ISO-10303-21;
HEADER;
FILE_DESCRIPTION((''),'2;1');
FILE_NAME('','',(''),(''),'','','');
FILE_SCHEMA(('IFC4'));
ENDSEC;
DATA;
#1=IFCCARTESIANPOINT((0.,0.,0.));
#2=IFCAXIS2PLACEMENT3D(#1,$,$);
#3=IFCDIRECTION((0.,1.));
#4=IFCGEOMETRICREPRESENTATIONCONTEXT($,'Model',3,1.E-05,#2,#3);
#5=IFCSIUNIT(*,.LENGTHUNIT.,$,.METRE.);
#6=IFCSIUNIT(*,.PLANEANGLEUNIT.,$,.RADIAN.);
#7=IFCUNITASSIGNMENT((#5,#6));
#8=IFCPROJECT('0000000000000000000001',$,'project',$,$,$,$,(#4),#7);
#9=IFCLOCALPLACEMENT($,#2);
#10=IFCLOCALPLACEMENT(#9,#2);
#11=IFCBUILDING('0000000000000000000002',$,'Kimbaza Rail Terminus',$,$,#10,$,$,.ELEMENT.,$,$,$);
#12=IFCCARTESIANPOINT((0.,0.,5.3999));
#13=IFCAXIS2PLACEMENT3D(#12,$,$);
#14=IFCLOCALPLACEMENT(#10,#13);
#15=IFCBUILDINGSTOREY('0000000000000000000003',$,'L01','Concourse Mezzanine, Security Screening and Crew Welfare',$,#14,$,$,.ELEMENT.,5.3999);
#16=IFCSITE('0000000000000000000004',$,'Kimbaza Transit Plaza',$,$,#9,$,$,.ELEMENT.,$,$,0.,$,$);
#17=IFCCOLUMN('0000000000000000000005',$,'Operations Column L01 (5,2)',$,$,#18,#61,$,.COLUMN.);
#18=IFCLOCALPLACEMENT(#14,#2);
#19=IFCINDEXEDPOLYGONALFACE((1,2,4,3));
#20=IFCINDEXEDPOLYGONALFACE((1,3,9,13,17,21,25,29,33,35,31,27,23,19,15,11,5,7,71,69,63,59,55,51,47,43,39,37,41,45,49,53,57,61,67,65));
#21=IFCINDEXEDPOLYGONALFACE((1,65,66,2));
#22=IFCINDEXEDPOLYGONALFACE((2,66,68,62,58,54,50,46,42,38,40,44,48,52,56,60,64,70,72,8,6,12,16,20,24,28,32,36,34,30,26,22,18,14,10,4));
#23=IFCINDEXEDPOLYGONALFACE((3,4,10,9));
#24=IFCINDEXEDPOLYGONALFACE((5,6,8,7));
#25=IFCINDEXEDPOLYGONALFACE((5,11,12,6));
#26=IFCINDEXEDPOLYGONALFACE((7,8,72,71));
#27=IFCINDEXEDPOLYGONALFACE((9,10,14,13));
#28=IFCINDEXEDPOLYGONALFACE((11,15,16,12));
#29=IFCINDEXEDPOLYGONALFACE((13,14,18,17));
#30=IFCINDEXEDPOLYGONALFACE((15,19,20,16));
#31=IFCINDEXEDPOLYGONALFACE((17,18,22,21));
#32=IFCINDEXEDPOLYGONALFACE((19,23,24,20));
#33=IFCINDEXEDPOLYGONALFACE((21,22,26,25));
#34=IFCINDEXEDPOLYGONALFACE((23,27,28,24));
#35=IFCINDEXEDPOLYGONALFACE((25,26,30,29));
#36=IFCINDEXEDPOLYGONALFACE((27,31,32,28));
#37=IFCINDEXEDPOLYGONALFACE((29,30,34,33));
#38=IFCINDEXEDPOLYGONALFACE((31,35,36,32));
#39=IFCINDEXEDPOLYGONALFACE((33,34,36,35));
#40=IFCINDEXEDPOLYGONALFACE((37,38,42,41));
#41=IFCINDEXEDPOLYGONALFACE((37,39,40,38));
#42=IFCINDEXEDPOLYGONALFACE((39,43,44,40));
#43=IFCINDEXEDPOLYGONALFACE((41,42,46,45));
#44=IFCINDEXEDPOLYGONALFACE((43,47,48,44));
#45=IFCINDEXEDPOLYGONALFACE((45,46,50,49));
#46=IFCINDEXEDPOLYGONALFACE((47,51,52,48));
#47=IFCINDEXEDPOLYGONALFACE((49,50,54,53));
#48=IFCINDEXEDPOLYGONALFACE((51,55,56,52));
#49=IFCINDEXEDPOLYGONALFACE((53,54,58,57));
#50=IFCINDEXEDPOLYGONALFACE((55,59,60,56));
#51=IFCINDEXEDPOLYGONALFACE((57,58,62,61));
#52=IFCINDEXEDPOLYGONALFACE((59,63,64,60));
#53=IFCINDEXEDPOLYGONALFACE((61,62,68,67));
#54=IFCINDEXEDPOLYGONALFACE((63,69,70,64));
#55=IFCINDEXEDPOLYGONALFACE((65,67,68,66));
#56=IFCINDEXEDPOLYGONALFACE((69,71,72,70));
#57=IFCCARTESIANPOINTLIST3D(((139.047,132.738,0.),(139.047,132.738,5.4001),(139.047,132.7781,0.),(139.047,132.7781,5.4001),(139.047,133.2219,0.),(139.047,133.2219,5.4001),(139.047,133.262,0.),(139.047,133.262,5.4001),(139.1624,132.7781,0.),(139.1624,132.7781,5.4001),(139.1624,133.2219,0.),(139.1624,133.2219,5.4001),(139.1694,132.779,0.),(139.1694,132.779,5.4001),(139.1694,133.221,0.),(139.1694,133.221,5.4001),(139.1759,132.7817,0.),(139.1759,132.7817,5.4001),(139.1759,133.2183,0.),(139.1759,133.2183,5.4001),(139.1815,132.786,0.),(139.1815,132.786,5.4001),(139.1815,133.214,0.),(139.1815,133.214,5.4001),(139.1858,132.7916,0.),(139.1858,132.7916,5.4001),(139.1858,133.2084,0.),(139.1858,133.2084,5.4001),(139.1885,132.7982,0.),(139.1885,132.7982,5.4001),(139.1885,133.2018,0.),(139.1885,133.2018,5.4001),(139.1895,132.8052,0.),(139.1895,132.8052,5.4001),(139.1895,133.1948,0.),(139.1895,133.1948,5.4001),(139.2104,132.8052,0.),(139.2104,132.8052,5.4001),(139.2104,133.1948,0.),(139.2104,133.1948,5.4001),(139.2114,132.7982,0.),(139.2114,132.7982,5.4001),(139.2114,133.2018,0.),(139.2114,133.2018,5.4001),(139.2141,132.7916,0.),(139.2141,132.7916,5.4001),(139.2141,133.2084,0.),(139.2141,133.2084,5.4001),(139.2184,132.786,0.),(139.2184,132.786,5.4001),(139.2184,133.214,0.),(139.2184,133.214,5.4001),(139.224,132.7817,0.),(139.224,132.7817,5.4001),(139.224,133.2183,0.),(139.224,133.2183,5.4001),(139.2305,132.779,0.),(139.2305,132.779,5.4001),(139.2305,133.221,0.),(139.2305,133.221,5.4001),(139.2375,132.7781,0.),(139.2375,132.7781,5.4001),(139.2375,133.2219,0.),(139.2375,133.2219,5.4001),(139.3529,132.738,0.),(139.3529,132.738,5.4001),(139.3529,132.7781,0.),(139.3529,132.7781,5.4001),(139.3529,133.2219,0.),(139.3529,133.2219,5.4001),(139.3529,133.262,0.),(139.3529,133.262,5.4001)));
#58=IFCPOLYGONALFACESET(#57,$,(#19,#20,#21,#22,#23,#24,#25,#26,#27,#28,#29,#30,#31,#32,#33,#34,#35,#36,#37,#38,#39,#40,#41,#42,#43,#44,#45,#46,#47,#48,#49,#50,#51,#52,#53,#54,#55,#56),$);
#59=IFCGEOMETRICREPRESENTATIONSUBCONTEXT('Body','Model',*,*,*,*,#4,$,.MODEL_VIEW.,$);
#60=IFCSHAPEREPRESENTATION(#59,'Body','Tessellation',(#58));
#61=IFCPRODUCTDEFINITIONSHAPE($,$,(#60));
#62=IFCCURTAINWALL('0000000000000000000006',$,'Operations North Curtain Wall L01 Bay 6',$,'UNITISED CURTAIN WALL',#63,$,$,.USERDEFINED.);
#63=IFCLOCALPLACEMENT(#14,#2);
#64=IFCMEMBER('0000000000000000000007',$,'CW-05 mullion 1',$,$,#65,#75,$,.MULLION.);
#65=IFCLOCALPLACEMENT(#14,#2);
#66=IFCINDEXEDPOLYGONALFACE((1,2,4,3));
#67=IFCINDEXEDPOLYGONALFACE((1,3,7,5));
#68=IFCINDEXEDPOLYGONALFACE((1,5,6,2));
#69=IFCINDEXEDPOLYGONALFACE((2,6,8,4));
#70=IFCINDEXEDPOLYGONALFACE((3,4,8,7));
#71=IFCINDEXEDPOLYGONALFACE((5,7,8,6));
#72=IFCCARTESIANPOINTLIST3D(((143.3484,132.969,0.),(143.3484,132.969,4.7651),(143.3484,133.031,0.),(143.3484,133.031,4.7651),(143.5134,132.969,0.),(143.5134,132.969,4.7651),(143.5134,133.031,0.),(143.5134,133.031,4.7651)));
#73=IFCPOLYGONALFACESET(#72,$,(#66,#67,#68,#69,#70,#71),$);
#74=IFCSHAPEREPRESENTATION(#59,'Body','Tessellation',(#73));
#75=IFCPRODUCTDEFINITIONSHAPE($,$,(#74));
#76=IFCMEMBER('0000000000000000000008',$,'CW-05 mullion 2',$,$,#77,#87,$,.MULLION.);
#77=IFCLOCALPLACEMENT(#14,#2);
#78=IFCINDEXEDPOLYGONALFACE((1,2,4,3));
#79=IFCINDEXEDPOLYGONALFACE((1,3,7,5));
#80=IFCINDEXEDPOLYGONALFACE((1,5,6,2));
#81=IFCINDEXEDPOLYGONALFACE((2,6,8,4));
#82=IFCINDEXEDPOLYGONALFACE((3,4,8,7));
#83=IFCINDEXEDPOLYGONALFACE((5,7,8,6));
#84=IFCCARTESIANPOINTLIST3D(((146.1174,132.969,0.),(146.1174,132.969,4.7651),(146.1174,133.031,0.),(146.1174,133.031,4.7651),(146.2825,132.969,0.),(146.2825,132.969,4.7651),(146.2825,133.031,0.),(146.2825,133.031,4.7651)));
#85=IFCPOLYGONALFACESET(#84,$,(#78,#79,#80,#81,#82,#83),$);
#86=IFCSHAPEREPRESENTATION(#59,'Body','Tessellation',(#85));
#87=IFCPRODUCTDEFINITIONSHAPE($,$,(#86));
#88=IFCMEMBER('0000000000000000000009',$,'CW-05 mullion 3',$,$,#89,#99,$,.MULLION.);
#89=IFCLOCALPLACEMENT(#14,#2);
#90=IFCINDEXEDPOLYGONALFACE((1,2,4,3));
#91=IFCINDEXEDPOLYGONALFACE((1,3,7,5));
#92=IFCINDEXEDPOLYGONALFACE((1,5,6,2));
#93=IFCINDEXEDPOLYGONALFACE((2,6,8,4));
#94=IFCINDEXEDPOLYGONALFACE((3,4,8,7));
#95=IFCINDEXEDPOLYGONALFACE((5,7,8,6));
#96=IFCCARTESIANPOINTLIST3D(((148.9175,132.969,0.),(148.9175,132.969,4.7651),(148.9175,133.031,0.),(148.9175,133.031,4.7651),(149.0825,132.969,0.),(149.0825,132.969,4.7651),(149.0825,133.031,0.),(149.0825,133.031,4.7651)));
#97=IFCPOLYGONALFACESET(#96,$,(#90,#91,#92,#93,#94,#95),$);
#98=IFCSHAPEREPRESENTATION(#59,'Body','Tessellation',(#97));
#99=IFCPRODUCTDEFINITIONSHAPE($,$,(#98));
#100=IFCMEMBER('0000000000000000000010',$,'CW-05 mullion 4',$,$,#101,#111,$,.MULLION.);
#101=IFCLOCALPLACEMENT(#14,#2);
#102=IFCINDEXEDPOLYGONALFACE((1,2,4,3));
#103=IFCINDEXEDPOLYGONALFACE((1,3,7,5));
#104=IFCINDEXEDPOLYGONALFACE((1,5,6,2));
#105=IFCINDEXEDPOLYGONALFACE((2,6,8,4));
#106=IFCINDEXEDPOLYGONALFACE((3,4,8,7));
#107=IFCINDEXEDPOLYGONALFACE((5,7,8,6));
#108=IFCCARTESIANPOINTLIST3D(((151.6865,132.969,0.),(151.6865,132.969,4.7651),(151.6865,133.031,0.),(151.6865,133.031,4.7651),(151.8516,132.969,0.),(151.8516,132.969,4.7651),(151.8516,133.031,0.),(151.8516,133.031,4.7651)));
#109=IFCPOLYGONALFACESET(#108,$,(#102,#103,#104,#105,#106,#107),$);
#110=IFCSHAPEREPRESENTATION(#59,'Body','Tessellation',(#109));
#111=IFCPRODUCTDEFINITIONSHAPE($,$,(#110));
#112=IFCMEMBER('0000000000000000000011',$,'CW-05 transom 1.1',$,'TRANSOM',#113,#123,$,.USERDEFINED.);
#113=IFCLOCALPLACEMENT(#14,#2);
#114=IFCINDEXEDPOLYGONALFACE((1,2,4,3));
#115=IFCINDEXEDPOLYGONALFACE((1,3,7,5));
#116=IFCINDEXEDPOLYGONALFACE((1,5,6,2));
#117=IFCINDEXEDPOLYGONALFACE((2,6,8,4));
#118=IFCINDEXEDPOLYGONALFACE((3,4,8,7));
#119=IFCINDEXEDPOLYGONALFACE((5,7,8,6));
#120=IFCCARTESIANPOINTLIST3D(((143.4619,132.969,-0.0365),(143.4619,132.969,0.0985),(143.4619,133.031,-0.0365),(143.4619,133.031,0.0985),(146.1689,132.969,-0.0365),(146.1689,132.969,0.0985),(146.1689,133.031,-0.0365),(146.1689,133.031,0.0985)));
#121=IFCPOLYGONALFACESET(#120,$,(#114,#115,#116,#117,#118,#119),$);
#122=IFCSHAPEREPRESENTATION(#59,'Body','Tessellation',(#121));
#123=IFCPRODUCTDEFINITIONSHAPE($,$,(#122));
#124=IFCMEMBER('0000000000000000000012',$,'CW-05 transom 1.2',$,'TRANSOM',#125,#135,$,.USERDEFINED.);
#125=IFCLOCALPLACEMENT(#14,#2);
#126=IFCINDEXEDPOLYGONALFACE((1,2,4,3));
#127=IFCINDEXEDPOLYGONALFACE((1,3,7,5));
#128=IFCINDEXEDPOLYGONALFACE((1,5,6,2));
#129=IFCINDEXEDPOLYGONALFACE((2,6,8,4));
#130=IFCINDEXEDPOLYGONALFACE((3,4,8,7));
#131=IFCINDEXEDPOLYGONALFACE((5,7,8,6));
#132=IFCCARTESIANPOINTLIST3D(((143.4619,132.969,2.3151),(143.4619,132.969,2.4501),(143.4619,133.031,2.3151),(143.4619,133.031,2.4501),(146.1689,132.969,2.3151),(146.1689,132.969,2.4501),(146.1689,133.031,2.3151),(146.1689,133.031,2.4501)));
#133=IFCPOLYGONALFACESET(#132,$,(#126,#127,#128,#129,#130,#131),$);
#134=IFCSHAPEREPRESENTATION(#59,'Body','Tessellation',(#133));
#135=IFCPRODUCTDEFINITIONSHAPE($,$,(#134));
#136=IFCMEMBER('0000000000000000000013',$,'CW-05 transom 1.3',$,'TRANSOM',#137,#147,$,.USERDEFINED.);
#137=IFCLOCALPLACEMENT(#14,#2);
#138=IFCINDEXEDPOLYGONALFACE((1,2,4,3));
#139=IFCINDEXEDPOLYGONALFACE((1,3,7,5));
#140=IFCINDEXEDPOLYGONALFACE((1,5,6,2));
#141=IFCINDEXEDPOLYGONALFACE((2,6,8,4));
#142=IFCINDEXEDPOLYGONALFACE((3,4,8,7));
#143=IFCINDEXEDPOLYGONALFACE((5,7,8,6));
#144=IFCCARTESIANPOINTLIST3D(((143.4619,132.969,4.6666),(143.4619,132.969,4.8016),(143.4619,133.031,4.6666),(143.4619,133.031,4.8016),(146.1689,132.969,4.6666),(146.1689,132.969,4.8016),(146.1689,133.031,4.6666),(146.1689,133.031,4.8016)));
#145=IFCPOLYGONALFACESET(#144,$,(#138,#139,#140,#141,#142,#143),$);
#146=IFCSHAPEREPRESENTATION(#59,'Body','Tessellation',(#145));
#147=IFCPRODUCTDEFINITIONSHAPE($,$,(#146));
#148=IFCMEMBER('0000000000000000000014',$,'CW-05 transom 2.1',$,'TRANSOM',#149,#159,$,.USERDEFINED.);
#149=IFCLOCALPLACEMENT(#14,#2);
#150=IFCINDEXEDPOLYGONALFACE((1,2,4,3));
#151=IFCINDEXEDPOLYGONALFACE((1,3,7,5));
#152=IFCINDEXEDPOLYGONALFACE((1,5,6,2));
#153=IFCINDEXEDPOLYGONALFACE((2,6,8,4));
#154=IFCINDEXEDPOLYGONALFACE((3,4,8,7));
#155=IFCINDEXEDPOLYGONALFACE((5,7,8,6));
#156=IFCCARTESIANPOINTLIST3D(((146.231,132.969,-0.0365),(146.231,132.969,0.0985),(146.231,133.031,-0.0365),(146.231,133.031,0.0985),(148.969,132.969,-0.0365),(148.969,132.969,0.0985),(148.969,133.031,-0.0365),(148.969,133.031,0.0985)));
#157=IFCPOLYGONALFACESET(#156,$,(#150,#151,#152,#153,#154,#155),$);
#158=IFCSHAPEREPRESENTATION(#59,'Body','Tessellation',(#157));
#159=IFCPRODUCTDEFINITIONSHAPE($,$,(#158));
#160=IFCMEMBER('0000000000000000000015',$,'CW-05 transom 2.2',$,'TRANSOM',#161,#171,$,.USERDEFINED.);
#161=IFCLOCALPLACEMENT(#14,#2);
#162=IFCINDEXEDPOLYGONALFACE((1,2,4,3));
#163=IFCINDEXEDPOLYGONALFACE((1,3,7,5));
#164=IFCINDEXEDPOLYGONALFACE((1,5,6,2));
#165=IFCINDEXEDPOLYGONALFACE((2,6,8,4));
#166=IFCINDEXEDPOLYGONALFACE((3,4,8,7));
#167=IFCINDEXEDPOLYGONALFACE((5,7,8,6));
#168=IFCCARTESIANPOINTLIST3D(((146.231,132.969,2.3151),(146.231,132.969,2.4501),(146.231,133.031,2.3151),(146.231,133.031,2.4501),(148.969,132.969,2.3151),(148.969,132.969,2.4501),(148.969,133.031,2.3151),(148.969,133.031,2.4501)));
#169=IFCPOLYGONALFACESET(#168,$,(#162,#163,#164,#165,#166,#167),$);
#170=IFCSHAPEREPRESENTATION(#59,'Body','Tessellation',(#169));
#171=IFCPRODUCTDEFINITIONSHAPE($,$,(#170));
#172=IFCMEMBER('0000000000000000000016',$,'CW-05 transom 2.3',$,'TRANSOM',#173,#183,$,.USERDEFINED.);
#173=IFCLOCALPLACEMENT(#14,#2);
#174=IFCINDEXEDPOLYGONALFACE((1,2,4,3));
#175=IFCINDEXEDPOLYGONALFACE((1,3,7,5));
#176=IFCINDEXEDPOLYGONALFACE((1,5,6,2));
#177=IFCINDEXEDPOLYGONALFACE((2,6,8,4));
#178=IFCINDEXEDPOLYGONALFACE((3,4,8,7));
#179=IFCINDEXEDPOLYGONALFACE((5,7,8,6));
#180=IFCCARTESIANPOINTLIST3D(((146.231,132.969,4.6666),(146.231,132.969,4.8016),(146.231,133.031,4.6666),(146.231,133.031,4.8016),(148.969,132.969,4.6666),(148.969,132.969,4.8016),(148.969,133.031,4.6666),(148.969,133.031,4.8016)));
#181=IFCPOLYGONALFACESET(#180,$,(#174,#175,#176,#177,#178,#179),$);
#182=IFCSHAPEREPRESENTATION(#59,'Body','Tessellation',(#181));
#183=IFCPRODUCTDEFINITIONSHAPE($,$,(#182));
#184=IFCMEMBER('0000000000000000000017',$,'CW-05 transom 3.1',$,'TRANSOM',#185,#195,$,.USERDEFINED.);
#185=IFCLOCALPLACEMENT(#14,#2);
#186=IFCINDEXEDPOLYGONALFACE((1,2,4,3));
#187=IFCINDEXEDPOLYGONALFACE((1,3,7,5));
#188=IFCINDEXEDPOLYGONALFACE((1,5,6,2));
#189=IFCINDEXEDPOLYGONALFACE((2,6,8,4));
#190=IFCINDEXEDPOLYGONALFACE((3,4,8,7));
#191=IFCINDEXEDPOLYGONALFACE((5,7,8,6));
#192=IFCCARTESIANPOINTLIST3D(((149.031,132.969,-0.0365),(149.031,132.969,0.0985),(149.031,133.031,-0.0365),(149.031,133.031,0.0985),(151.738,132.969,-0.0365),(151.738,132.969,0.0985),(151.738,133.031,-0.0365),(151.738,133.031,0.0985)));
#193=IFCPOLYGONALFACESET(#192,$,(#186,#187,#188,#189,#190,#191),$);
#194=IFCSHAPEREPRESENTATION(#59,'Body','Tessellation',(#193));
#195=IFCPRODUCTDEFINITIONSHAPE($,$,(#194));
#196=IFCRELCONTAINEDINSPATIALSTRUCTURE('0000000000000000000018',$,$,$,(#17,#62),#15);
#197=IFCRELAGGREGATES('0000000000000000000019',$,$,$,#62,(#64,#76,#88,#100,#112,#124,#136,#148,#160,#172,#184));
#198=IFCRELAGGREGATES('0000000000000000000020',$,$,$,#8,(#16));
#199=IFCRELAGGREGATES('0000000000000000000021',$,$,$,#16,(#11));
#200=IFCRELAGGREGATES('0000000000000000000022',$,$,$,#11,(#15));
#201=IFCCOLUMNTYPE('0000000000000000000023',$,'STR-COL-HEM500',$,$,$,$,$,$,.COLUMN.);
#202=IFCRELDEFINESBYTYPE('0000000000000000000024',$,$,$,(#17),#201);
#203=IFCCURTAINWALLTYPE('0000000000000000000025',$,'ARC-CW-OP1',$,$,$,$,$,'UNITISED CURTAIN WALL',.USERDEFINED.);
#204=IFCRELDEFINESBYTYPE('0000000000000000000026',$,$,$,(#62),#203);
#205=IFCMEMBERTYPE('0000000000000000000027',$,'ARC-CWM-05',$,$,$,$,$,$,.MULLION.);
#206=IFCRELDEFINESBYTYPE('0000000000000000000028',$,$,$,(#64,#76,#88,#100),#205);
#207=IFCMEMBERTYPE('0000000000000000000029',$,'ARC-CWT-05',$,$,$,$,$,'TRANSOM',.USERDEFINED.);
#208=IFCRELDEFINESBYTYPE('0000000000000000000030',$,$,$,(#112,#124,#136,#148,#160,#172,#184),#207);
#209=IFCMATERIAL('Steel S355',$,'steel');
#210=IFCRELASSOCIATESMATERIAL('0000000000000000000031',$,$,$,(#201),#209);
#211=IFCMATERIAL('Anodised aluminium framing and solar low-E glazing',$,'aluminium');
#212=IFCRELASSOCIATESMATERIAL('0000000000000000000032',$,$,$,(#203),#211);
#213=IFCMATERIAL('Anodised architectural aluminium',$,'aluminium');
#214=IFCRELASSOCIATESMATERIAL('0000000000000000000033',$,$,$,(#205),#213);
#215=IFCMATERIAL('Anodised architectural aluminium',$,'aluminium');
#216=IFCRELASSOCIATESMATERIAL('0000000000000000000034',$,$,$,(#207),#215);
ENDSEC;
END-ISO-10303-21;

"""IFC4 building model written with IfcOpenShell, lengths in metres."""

from ifc_helpers import new_model, si_unit, direction, frame, origin, origin_2d, place, context, subcontext, project, spatial, rectangle, i_section, extrude, material, material_profile, profile_set, type_object, element, aggregate, save


model = new_model("IFC4")

# Units and contexts
model_context = context("Model", 3, precision=1e-05, world=origin(), true_north=direction((0.0, 1.0)))
body_context = subcontext(model_context, "Body", "Model", "MODEL_VIEW")
ifc_project = project(units=[si_unit("LENGTHUNIT", "METRE"), si_unit("PLANEANGLEUNIT", "RADIAN")], contexts=[model_context])

# Site, building, storey
site_placement = place(None, origin())
site = spatial("IfcSite", under=ifc_project, at=site_placement, Name="Kimbaza Transit Plaza", CompositionType="ELEMENT", RefElevation=0.0)
building_placement = place(site_placement, origin())
building = spatial("IfcBuilding", under=site, at=building_placement, Name="Kimbaza Rail Terminus", CompositionType="ELEMENT")
storey_placement = place(building_placement, frame((0.0, 0.0, 5.3999)))
storey = spatial("IfcBuildingStorey", under=building, at=storey_placement, Name="L01", Description="Concourse Mezzanine, Security Screening and Crew Welfare", CompositionType="ELEMENT", Elevation=5.3999)

# Column
ifc_material_1 = material(Name="Steel S355", Category="steel")
ifc_material_profile_1 = material_profile(ifc_material_1, i_section(OverallWidth=0.3059, OverallDepth=0.5239, WebThickness=0.021, FlangeThickness=0.04, FilletRadius=0.0271, at=origin_2d()), Name="HEM 500")
ifc_profile_set_1 = profile_set([ifc_material_profile_1], Name="Steel S355")
column_type = type_object("IfcColumnType", Name="STR-COL-HEM500", PredefinedType="COLUMN", material=ifc_profile_set_1)
column_placement = place(storey_placement, frame((139.2, 133.0, 0.0), z_axis=(0.0, 0.0, 1.0), x_axis=(1.0, 0.0, 0.0)))
element("IfcColumn", 1, at=column_placement, inside=storey, type_object=column_type, Name="Operations Column L01 (5,2)", PredefinedType="COLUMN", context=body_context, shape_type="SweptSolid", body=[
    extrude(i_section(OverallWidth=0.3059, OverallDepth=0.5239, WebThickness=0.021, FlangeThickness=0.04, FilletRadius=0.0271, at=origin_2d()), origin(), (0.0, 0.0, 1.0), 5.4001),
])

# Curtain wall, members
ifc_material_2 = material(Name="Anodised aluminium framing and solar low-E glazing", Category="aluminium")
curtain_wall_type = type_object("IfcCurtainWallType", Name="ARC-CW-OP1", ElementType="UNITISED CURTAIN WALL", PredefinedType="USERDEFINED", material=ifc_material_2)
curtain_wall_placement = place(storey_placement, origin())
curtain_wall = element("IfcCurtainWall", 2, at=curtain_wall_placement, inside=storey, type_object=curtain_wall_type, Name="Operations North Curtain Wall L01 Bay 6", ObjectType="UNITISED CURTAIN WALL", PredefinedType="USERDEFINED")
ifc_material_3 = material(Name="Anodised architectural aluminium", Category="aluminium")
ifc_material_profile_2 = material_profile(ifc_material_3, rectangle(XDim=0.062, YDim=0.165, at=origin_2d()), Name="MULLION 62x165")
ifc_profile_set_2 = profile_set([ifc_material_profile_2], Name="Anodised architectural aluminium")
member_type_1 = type_object("IfcMemberType", Name="ARC-CWM-05", PredefinedType="MULLION", material=ifc_profile_set_2)
member_1_placement = place(storey_placement, frame((143.4309, 133.0, 0.0), z_axis=(0.0, 0.0, 1.0), x_axis=(0.0, 1.0, 0.0)))
member_1 = element("IfcMember", 3, at=member_1_placement, type_object=member_type_1, Name="CW-05 mullion 1", PredefinedType="MULLION", context=body_context, shape_type="SweptSolid", body=[
    extrude(rectangle(XDim=0.062, YDim=0.165, at=origin_2d()), origin(), (0.0, 0.0, 1.0), 4.7651),
])
member_2_placement = place(storey_placement, frame((146.2, 133.0, 0.0), z_axis=(0.0, 0.0, 1.0), x_axis=(0.0, 1.0, 0.0)))
member_2 = element("IfcMember", 4, at=member_2_placement, type_object=member_type_1, Name="CW-05 mullion 2", PredefinedType="MULLION", context=body_context, shape_type="SweptSolid", body=[
    extrude(rectangle(XDim=0.062, YDim=0.165, at=origin_2d()), origin(), (0.0, 0.0, 1.0), 4.7651),
])
member_3_placement = place(storey_placement, frame((149.0, 133.0, 0.0), z_axis=(0.0, 0.0, 1.0), x_axis=(0.0, 1.0, 0.0)))
member_3 = element("IfcMember", 5, at=member_3_placement, type_object=member_type_1, Name="CW-05 mullion 3", PredefinedType="MULLION", context=body_context, shape_type="SweptSolid", body=[
    extrude(rectangle(XDim=0.062, YDim=0.165, at=origin_2d()), origin(), (0.0, 0.0, 1.0), 4.7651),
])
member_4_placement = place(storey_placement, frame((151.769, 133.0, 0.0), z_axis=(0.0, 0.0, 1.0), x_axis=(0.0, 1.0, 0.0)))
member_4 = element("IfcMember", 6, at=member_4_placement, type_object=member_type_1, Name="CW-05 mullion 4", PredefinedType="MULLION", context=body_context, shape_type="SweptSolid", body=[
    extrude(rectangle(XDim=0.062, YDim=0.165, at=origin_2d()), origin(), (0.0, 0.0, 1.0), 4.7651),
])
ifc_material_4 = material(Name="Anodised architectural aluminium", Category="aluminium")
ifc_material_profile_3 = material_profile(ifc_material_4, rectangle(XDim=0.062, YDim=0.135, at=origin_2d()), Name="TRANSOM 62x135")
ifc_profile_set_3 = profile_set([ifc_material_profile_3], Name="Anodised architectural aluminium")
member_type_2 = type_object("IfcMemberType", Name="ARC-CWT-05", ElementType="TRANSOM", PredefinedType="USERDEFINED", material=ifc_profile_set_3)
member_5_placement = place(storey_placement, frame((143.4619, 133.0, 0.031), z_axis=(1.0, 0.0, 0.0), x_axis=(0.0, 1.0, 0.0)))
member_5 = element("IfcMember", 7, at=member_5_placement, type_object=member_type_2, Name="CW-05 transom 1.1", ObjectType="TRANSOM", PredefinedType="USERDEFINED", context=body_context, shape_type="SweptSolid", body=[
    extrude(rectangle(XDim=0.062, YDim=0.135, at=origin_2d()), origin(), (0.0, 0.0, 1.0), 2.707),
])
member_6_placement = place(storey_placement, frame((143.4619, 133.0, 2.3826), z_axis=(1.0, 0.0, 0.0), x_axis=(0.0, 1.0, 0.0)))
member_6 = element("IfcMember", 8, at=member_6_placement, type_object=member_type_2, Name="CW-05 transom 1.2", ObjectType="TRANSOM", PredefinedType="USERDEFINED", context=body_context, shape_type="SweptSolid", body=[
    extrude(rectangle(XDim=0.062, YDim=0.135, at=origin_2d()), origin(), (0.0, 0.0, 1.0), 2.707),
])
member_7_placement = place(storey_placement, frame((143.4619, 133.0, 4.7341), z_axis=(1.0, 0.0, 0.0), x_axis=(0.0, 1.0, 0.0)))
member_7 = element("IfcMember", 9, at=member_7_placement, type_object=member_type_2, Name="CW-05 transom 1.3", ObjectType="TRANSOM", PredefinedType="USERDEFINED", context=body_context, shape_type="SweptSolid", body=[
    extrude(rectangle(XDim=0.062, YDim=0.135, at=origin_2d()), origin(), (0.0, 0.0, 1.0), 2.707),
])
member_8_placement = place(storey_placement, frame((146.231, 133.0, 0.031), z_axis=(1.0, 0.0, 0.0), x_axis=(0.0, 1.0, 0.0)))
member_8 = element("IfcMember", 10, at=member_8_placement, type_object=member_type_2, Name="CW-05 transom 2.1", ObjectType="TRANSOM", PredefinedType="USERDEFINED", context=body_context, shape_type="SweptSolid", body=[
    extrude(rectangle(XDim=0.062, YDim=0.135, at=origin_2d()), origin(), (0.0, 0.0, 1.0), 2.738),
])
member_9_placement = place(storey_placement, frame((146.231, 133.0, 2.3826), z_axis=(1.0, 0.0, 0.0), x_axis=(0.0, 1.0, 0.0)))
member_9 = element("IfcMember", 11, at=member_9_placement, type_object=member_type_2, Name="CW-05 transom 2.2", ObjectType="TRANSOM", PredefinedType="USERDEFINED", context=body_context, shape_type="SweptSolid", body=[
    extrude(rectangle(XDim=0.062, YDim=0.135, at=origin_2d()), origin(), (0.0, 0.0, 1.0), 2.738),
])
member_10_placement = place(storey_placement, frame((146.231, 133.0, 4.7341), z_axis=(1.0, 0.0, 0.0), x_axis=(0.0, 1.0, 0.0)))
member_10 = element("IfcMember", 12, at=member_10_placement, type_object=member_type_2, Name="CW-05 transom 2.3", ObjectType="TRANSOM", PredefinedType="USERDEFINED", context=body_context, shape_type="SweptSolid", body=[
    extrude(rectangle(XDim=0.062, YDim=0.135, at=origin_2d()), origin(), (0.0, 0.0, 1.0), 2.738),
])
member_11_placement = place(storey_placement, frame((149.031, 133.0, 0.031), z_axis=(1.0, 0.0, 0.0), x_axis=(0.0, 1.0, 0.0)))
member_11 = element("IfcMember", 13, at=member_11_placement, type_object=member_type_2, Name="CW-05 transom 3.1", ObjectType="TRANSOM", PredefinedType="USERDEFINED", context=body_context, shape_type="SweptSolid", body=[
    extrude(rectangle(XDim=0.062, YDim=0.135, at=origin_2d()), origin(), (0.0, 0.0, 1.0), 2.707),
])

aggregate(curtain_wall, [member_1, member_2, member_3, member_4, member_5, member_6, member_7, member_8, member_9, member_10, member_11])

save(model, "model.ifc")
